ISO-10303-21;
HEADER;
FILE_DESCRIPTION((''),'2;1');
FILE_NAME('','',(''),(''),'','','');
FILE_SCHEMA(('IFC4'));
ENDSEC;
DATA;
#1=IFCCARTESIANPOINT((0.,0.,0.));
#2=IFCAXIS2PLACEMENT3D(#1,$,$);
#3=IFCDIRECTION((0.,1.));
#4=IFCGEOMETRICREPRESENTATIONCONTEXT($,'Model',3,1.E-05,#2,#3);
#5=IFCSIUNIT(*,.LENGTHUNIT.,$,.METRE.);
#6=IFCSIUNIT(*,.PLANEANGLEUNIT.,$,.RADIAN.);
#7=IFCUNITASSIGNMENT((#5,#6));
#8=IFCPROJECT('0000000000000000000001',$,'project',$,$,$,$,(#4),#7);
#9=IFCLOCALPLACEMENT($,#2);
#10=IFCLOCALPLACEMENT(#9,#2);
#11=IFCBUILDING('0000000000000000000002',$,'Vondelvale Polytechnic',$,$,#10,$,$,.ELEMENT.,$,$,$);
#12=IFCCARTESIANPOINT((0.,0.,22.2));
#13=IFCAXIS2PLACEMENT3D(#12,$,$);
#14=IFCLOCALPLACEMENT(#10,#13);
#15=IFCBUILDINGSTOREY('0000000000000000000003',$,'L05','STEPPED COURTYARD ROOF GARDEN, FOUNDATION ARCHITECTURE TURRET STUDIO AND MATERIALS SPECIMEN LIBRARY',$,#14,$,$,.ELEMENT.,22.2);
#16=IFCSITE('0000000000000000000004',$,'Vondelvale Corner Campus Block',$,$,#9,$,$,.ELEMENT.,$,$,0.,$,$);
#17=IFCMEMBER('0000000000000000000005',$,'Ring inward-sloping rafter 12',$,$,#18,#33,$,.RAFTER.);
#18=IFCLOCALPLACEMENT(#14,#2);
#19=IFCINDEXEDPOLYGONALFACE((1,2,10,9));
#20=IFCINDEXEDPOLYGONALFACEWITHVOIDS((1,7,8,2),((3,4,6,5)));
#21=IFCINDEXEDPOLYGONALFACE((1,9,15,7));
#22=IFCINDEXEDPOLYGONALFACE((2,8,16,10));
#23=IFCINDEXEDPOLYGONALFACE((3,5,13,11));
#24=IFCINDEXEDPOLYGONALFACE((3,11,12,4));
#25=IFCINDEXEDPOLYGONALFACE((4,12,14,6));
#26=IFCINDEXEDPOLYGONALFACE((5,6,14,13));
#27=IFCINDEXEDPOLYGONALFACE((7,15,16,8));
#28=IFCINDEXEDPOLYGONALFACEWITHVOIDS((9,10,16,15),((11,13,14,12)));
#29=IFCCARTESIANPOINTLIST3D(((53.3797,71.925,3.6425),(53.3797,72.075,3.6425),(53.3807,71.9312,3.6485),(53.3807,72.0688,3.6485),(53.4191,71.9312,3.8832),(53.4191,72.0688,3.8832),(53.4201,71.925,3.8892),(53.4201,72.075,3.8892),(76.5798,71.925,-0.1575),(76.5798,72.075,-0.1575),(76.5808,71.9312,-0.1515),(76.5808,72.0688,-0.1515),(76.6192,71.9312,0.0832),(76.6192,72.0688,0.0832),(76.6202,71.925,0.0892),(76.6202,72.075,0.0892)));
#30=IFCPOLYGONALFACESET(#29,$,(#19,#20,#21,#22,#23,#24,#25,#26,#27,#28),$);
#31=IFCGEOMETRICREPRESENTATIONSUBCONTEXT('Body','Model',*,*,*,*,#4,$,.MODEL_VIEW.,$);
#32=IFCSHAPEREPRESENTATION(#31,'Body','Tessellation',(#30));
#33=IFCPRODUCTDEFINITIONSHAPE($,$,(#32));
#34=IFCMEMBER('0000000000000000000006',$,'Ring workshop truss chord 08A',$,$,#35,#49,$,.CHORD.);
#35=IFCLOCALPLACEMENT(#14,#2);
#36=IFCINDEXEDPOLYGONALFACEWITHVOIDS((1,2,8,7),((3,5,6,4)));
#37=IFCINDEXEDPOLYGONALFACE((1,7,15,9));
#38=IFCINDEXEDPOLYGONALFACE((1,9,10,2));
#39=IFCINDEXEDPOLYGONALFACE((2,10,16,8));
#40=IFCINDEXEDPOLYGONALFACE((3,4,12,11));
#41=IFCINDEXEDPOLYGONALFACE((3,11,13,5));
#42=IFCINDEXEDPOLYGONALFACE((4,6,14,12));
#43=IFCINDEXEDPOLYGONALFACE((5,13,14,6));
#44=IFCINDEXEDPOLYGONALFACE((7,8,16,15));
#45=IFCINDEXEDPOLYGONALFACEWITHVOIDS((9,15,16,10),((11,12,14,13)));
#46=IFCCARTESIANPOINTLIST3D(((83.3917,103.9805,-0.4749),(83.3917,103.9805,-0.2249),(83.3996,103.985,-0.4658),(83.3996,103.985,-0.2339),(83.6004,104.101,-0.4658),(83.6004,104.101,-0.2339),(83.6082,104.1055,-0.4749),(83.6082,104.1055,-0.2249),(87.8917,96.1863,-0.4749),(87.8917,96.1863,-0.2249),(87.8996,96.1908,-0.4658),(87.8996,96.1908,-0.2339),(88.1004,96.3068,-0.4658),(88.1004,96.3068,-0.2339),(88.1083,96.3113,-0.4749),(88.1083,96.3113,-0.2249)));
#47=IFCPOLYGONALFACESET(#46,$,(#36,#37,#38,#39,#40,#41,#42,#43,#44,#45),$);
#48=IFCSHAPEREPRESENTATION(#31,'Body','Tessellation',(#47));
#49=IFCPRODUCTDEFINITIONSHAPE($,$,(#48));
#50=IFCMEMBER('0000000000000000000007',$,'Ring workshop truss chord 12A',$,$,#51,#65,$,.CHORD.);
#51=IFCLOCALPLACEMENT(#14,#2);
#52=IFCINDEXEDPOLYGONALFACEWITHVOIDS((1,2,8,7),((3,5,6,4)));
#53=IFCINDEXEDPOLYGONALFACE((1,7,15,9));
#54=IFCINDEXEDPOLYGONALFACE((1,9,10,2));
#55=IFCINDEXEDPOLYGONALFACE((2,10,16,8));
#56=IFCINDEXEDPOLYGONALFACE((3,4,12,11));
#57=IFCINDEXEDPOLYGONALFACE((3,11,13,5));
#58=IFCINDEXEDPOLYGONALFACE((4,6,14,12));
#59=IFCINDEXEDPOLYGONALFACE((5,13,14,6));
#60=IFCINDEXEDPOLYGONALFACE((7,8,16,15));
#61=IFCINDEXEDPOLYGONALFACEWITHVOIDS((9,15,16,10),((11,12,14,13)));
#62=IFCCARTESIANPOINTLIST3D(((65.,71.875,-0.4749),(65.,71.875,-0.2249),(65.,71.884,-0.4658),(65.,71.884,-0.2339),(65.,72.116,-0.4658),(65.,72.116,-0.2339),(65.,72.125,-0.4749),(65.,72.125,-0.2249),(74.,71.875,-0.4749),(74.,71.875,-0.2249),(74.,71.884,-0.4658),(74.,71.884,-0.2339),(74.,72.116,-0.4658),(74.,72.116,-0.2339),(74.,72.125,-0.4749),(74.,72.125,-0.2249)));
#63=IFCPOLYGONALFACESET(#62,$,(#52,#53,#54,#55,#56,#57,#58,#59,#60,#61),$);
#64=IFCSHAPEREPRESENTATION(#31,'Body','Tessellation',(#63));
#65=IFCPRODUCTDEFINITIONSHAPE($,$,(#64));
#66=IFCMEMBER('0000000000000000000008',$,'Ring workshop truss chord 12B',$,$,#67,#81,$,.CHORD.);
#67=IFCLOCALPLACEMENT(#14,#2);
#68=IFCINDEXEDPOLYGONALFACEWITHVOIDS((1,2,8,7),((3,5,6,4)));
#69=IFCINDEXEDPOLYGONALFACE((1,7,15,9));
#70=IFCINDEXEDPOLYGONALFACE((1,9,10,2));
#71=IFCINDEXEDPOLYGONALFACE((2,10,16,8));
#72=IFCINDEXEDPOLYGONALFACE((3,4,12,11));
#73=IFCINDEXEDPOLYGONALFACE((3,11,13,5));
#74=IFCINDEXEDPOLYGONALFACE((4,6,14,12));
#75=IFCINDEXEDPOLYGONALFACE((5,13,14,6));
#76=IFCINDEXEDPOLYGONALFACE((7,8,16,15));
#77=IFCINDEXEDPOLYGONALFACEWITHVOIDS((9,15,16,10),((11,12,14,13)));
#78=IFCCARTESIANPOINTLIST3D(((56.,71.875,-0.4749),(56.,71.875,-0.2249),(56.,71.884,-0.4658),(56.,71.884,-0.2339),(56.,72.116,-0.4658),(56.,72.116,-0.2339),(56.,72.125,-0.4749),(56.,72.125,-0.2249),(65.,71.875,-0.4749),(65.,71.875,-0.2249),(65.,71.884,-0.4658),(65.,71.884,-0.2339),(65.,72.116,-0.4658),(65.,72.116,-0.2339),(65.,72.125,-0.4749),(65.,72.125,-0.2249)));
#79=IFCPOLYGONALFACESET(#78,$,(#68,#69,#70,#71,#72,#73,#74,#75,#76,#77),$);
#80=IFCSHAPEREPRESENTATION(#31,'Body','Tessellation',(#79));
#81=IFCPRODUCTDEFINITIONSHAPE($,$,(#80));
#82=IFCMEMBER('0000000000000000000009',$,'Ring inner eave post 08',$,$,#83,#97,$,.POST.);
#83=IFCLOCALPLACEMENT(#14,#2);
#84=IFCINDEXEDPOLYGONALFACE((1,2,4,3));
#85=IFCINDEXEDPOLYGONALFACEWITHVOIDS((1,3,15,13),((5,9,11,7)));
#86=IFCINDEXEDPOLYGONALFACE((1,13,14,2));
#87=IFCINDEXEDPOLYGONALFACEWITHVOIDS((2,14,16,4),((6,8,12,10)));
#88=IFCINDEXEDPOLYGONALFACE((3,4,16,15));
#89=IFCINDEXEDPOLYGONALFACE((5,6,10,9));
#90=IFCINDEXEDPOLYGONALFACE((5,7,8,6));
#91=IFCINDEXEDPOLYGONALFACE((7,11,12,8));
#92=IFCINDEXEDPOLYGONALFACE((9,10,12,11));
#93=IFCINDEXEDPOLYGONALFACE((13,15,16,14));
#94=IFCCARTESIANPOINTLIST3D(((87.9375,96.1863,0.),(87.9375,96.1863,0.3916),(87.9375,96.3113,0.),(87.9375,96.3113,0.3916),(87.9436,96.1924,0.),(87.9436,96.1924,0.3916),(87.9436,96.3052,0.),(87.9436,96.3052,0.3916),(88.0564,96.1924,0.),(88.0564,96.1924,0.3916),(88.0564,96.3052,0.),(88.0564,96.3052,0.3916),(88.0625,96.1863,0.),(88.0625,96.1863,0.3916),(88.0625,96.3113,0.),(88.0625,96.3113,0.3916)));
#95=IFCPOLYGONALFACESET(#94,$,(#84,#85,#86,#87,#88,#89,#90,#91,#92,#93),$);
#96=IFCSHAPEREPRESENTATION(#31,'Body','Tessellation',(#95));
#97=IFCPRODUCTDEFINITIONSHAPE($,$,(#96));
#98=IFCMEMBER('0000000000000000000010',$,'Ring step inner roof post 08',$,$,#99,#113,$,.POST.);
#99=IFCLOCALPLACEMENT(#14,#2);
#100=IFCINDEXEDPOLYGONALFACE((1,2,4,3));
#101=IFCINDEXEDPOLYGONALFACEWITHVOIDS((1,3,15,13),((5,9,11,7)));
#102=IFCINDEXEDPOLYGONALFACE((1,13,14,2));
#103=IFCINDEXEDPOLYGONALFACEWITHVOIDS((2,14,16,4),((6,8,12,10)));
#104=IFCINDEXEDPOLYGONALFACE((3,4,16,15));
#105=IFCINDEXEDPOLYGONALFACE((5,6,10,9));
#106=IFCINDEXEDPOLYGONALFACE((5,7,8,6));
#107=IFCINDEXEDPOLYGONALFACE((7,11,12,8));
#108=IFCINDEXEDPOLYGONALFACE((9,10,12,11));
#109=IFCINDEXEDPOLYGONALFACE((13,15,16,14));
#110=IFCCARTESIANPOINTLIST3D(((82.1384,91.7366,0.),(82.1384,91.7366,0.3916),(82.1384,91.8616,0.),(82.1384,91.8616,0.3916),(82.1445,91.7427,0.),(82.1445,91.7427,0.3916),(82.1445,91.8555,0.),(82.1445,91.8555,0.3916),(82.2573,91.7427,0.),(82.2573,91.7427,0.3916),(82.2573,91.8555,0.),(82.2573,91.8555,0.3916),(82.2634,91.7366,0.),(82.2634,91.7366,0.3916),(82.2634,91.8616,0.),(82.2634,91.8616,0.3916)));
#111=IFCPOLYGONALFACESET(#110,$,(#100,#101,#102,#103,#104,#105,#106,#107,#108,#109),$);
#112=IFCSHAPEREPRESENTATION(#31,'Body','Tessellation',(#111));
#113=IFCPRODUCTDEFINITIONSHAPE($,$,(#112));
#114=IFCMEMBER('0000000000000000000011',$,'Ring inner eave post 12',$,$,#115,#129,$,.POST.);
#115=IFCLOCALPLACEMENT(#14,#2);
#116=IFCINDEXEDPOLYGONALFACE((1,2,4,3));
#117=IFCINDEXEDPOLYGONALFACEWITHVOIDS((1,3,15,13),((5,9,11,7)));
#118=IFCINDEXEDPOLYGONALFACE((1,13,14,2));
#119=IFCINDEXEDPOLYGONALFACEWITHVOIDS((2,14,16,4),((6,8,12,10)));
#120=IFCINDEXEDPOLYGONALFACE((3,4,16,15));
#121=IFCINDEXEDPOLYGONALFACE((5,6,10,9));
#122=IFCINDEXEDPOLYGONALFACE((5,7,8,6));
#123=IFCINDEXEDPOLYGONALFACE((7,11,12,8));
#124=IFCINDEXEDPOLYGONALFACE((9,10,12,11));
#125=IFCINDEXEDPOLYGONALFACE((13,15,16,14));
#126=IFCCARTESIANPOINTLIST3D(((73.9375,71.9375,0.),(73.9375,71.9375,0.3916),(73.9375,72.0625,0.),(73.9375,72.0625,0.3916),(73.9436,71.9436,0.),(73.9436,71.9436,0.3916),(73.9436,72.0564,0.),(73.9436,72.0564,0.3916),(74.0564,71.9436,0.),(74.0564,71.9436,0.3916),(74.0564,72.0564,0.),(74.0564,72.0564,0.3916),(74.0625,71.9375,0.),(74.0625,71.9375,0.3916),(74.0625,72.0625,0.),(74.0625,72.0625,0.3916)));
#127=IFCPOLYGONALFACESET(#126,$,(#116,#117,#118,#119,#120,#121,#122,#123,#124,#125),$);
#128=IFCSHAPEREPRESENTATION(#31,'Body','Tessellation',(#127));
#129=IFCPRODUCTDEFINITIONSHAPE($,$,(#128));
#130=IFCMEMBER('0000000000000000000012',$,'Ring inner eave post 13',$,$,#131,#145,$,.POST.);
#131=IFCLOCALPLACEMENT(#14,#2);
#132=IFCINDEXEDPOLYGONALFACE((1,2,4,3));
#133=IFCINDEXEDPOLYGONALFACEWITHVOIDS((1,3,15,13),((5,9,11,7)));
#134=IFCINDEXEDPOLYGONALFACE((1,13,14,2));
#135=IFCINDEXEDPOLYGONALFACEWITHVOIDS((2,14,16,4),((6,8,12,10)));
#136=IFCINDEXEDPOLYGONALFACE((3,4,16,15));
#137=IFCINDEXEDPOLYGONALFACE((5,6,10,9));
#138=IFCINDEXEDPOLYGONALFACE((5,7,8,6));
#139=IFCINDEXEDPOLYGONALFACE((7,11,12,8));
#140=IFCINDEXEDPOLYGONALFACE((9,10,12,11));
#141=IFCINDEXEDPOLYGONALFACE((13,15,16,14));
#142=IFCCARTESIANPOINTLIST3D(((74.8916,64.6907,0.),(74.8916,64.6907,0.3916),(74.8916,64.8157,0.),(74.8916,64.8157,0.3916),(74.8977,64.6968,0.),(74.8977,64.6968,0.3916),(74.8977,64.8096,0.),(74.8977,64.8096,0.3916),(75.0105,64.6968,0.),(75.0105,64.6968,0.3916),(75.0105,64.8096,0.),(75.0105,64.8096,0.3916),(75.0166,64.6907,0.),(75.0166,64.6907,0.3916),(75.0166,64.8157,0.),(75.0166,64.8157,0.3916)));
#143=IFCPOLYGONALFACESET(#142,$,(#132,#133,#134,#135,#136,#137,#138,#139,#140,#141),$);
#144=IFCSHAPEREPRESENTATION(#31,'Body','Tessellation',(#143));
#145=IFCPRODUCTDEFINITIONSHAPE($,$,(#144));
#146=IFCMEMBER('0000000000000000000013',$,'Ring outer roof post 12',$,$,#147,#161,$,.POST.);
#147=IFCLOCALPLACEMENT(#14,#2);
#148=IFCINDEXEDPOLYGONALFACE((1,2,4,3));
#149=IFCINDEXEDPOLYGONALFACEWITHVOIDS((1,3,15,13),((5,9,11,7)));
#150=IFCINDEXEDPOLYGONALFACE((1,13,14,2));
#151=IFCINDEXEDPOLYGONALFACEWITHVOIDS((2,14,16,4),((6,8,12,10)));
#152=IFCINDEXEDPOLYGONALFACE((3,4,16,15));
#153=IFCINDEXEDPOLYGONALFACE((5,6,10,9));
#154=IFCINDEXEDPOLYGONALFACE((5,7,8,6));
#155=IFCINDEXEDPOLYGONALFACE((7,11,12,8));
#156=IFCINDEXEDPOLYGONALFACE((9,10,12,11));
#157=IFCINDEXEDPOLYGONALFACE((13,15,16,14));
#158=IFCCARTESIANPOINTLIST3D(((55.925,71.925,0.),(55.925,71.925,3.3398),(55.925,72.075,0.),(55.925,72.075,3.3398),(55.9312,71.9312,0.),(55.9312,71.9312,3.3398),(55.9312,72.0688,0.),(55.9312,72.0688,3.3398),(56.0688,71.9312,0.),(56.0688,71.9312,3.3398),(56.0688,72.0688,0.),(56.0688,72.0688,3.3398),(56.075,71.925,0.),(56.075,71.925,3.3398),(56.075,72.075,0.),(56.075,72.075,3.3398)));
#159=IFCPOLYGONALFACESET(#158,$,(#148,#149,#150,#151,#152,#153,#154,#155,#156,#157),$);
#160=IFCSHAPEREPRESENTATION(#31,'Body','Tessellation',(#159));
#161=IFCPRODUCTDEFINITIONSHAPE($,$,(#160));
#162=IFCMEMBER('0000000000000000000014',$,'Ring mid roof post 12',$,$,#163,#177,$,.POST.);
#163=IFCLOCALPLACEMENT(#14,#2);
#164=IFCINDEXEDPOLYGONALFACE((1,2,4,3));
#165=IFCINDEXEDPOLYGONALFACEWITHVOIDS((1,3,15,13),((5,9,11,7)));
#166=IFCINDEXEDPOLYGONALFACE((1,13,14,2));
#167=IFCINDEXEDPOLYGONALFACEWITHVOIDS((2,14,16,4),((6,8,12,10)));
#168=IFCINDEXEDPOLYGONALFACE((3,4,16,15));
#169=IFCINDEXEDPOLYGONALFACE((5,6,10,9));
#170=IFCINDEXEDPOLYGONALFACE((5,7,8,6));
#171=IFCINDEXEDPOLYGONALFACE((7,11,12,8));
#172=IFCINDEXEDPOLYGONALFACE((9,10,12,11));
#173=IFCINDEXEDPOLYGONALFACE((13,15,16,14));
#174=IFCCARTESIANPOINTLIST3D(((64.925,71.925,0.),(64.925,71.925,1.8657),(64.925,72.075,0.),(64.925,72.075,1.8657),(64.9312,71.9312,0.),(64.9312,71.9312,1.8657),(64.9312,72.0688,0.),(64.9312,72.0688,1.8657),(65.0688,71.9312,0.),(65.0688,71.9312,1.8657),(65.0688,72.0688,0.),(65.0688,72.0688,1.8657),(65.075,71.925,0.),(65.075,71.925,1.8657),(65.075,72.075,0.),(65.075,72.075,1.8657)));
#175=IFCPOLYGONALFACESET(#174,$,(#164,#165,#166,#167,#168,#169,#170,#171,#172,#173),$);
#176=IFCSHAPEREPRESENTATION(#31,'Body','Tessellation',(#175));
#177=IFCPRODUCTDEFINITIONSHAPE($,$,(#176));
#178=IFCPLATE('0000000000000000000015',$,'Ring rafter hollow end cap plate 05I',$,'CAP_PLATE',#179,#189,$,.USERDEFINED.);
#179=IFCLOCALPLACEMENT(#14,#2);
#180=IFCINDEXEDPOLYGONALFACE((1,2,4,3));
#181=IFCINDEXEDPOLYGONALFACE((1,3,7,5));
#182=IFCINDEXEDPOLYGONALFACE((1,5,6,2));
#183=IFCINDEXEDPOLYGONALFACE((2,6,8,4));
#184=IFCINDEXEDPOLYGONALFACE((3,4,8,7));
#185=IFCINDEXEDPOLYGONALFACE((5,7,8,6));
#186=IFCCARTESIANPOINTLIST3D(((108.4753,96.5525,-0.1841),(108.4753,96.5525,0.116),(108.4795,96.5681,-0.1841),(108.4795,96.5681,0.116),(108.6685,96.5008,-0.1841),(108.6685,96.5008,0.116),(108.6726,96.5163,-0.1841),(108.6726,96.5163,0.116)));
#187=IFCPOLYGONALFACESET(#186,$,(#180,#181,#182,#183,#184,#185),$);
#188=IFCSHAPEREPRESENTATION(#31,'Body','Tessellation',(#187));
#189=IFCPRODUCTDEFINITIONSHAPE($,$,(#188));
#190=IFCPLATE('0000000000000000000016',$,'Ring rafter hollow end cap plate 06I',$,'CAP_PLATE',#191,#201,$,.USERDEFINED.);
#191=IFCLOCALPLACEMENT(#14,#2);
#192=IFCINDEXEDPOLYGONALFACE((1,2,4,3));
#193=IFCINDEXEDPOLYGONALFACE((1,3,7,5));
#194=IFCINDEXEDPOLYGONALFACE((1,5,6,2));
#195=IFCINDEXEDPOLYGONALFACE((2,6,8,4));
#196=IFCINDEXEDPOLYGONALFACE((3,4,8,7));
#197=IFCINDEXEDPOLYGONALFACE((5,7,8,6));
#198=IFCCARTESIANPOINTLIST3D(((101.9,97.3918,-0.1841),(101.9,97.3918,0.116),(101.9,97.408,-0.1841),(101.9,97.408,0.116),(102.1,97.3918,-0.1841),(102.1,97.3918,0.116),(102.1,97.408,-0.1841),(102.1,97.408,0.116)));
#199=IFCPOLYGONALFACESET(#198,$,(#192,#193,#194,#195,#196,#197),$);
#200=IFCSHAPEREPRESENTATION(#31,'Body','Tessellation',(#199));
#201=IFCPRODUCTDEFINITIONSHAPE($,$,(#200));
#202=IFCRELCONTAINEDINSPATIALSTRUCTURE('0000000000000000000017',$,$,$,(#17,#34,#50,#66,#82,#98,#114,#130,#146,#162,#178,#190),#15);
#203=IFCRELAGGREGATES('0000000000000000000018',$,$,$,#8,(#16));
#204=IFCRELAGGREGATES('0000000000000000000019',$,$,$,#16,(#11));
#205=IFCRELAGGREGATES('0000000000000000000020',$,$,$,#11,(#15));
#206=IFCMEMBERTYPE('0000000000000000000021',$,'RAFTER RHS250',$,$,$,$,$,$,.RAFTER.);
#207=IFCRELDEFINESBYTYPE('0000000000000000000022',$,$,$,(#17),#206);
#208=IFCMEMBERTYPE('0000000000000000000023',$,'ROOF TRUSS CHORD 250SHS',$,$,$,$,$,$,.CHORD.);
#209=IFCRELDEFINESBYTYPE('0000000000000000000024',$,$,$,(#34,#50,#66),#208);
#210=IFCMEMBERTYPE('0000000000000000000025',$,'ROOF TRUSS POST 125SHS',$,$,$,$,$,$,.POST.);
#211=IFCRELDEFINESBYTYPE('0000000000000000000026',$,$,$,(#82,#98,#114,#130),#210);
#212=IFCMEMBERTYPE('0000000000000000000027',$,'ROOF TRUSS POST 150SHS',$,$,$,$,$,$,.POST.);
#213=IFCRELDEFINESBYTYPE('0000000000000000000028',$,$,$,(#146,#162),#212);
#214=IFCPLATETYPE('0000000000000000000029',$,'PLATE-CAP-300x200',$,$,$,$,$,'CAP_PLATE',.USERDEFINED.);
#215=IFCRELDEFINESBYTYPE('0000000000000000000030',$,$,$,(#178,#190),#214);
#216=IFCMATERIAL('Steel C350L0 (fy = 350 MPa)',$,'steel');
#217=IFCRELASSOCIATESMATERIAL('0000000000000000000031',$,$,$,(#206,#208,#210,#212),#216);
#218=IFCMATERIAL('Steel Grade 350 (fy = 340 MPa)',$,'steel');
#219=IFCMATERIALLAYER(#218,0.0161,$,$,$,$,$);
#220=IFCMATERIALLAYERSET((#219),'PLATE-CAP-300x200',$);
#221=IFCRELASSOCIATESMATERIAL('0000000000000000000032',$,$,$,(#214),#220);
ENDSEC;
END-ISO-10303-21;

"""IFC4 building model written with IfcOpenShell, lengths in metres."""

from ifc_helpers import new_model, si_unit, direction, frame, origin, origin_2d, place, context, subcontext, project, spatial, rectangle, hollow_rectangle, extrude, material, layer, layer_set, material_profile, profile_set, type_object, element, save


model = new_model("IFC4")

# Units and contexts
model_context = context("Model", 3, precision=1e-05, world=origin(), true_north=direction((0.0, 1.0)))
body_context = subcontext(model_context, "Body", "Model", "MODEL_VIEW")
ifc_project = project(units=[si_unit("LENGTHUNIT", "METRE"), si_unit("PLANEANGLEUNIT", "RADIAN")], contexts=[model_context])

# Site, building, storey
site_placement = place(None, origin())
site = spatial("IfcSite", under=ifc_project, at=site_placement, Name="Vondelvale Corner Campus Block", CompositionType="ELEMENT", RefElevation=0.0)
building_placement = place(site_placement, origin())
building = spatial("IfcBuilding", under=site, at=building_placement, Name="Vondelvale Polytechnic", CompositionType="ELEMENT")
storey_placement = place(building_placement, frame((0.0, 0.0, 22.2)))
storey = spatial("IfcBuildingStorey", under=building, at=storey_placement, Name="L05", Description="STEPPED COURTYARD ROOF GARDEN, FOUNDATION ARCHITECTURE TURRET STUDIO AND MATERIALS SPECIMEN LIBRARY", CompositionType="ELEMENT", Elevation=22.2)

# Members
ifc_material_1 = material(Name="Steel C350L0 (fy = 350 MPa)", Category="steel")
ifc_material_profile_1 = material_profile(ifc_material_1, hollow_rectangle(XDim=0.1499, YDim=0.25, WallThickness=0.0061, at=origin_2d()), Name="250x150x6.0RHS")
ifc_profile_set_1 = profile_set([ifc_material_profile_1], Name="Steel C350L0 (fy = 350 MPa)")
member_type_1 = type_object("IfcMemberType", Name="RAFTER RHS250", PredefinedType="RAFTER", material=ifc_profile_set_1)
member_1_placement = place(storey_placement, frame((53.3999, 72.0, 3.7659), z_axis=(0.98685, 0.0, -0.16164), x_axis=(0.0, 1.0, 0.0)))
element("IfcMember", 1, at=member_1_placement, inside=storey, type_object=member_type_1, Name="Ring inward-sloping rafter 12", PredefinedType="RAFTER", context=body_context, shape_type="SweptSolid", body=[
    extrude(hollow_rectangle(XDim=0.1499, YDim=0.25, WallThickness=0.0061, at=origin_2d()), origin(), (0.0, 0.0, 1.0), 23.5093),
])
ifc_material_profile_2 = material_profile(ifc_material_1, hollow_rectangle(XDim=0.25, YDim=0.25, WallThickness=0.009, at=origin_2d()), Name="250x250x9.0SHS")
ifc_profile_set_2 = profile_set([ifc_material_profile_2], Name="Steel C350L0 (fy = 350 MPa)")
member_type_2 = type_object("IfcMemberType", Name="ROOF TRUSS CHORD 250SHS", PredefinedType="CHORD", material=ifc_profile_set_2)
for number, where, z_axis, x_axis, name in (
    (2, (88.0, 96.2488, -0.3499), (-0.500002, 0.866024, 0.0), (-0.866024, -0.500002, 0.0), "Ring workshop truss chord 08A"),
    (3, (74.0, 72.0, -0.3499), (-1.0, 0.0, 0.0), (0.0, -1.0, 0.0), "Ring workshop truss chord 12A"),
    (4, (65.0, 72.0, -0.3499), (-1.0, 0.0, 0.0), (0.0, -1.0, 0.0), "Ring workshop truss chord 12B"),
):
    element("IfcMember", number, at=place(storey_placement, frame(where, z_axis=z_axis, x_axis=x_axis)), inside=storey, type_object=member_type_2, Name=name, PredefinedType="CHORD", context=body_context, shape_type="SweptSolid", body=[
        extrude(hollow_rectangle(XDim=0.25, YDim=0.25, WallThickness=0.009, at=origin_2d()), origin(), (0.0, 0.0, 1.0), 9.0),
    ])
ifc_material_profile_3 = material_profile(ifc_material_1, hollow_rectangle(XDim=0.125, YDim=0.125, WallThickness=0.0061, at=origin_2d()), Name="125x125x6.0SHS")
ifc_profile_set_3 = profile_set([ifc_material_profile_3], Name="Steel C350L0 (fy = 350 MPa)")
member_type_3 = type_object("IfcMemberType", Name="ROOF TRUSS POST 125SHS", PredefinedType="POST", material=ifc_profile_set_3)
for number, where, z_axis, x_axis, name in (
    (5, (88.0, 96.2488, 0.0), (0.0, 0.0, 1.0), (1.0, 0.0, 0.0), "Ring inner eave post 08"),
    (6, (82.2009, 91.7991, 0.0), (0.0, 0.0, 1.0), (1.0, 0.0, 0.0), "Ring step inner roof post 08"),
    (7, (74.0, 72.0, 0.0), (0.0, 0.0, 1.0), (1.0, 0.0, 0.0), "Ring inner eave post 12"),
    (8, (74.9541, 64.7532, 0.0), (0.0, 0.0, 1.0), (1.0, 0.0, 0.0), "Ring inner eave post 13"),
):
    element("IfcMember", number, at=place(storey_placement, frame(where, z_axis=z_axis, x_axis=x_axis)), inside=storey, type_object=member_type_3, Name=name, PredefinedType="POST", context=body_context, shape_type="SweptSolid", body=[
        extrude(hollow_rectangle(XDim=0.125, YDim=0.125, WallThickness=0.0061, at=origin_2d()), origin(), (0.0, 0.0, 1.0), 0.3916),
    ])
ifc_material_profile_4 = material_profile(ifc_material_1, hollow_rectangle(XDim=0.1499, YDim=0.1499, WallThickness=0.0061, at=origin_2d()), Name="150x150x6.0SHS")
ifc_profile_set_4 = profile_set([ifc_material_profile_4], Name="Steel C350L0 (fy = 350 MPa)")
member_type_4 = type_object("IfcMemberType", Name="ROOF TRUSS POST 150SHS", PredefinedType="POST", material=ifc_profile_set_4)
member_2_placement = place(storey_placement, frame((56.0, 72.0, 0.0), z_axis=(0.0, 0.0, 1.0), x_axis=(1.0, 0.0, 0.0)))
element("IfcMember", 9, at=member_2_placement, inside=storey, type_object=member_type_4, Name="Ring outer roof post 12", PredefinedType="POST", context=body_context, shape_type="SweptSolid", body=[
    extrude(hollow_rectangle(XDim=0.1499, YDim=0.1499, WallThickness=0.0061, at=origin_2d()), origin(), (0.0, 0.0, 1.0), 3.3398),
])
member_3_placement = place(storey_placement, frame((65.0, 72.0, 0.0), z_axis=(0.0, 0.0, 1.0), x_axis=(1.0, 0.0, 0.0)))
element("IfcMember", 10, at=member_3_placement, inside=storey, type_object=member_type_4, Name="Ring mid roof post 12", PredefinedType="POST", context=body_context, shape_type="SweptSolid", body=[
    extrude(hollow_rectangle(XDim=0.1499, YDim=0.1499, WallThickness=0.0061, at=origin_2d()), origin(), (0.0, 0.0, 1.0), 1.8657),
])

# Plates
ifc_material_2 = material(Name="Steel Grade 350 (fy = 340 MPa)", Category="steel")
ifc_layer_1 = layer(ifc_material_2, 0.0161)
ifc_layer_set_1 = layer_set([ifc_layer_1], Name="PLATE-CAP-300x200")
plate_type_1 = type_object("IfcPlateType", Name="PLATE-CAP-300x200", ElementType="CAP_PLATE", PredefinedType="USERDEFINED", material=ifc_layer_set_1)
for number, where, z_axis, x_axis, name in (
    (11, (108.574, 96.5344, -0.1841), (0.0, 0.0, 1.0), (-0.258819, -0.965926, 0.0), "Ring rafter hollow end cap plate 05I"),
    (12, (102.0, 97.3999, -0.1841), (0.0, 0.0, 1.0), (0.0, -1.0, 0.0), "Ring rafter hollow end cap plate 06I"),
):
    element("IfcPlate", number, at=place(storey_placement, frame(where, z_axis=z_axis, x_axis=x_axis)), inside=storey, type_object=plate_type_1, Name=name, ObjectType="CAP_PLATE", PredefinedType="USERDEFINED", context=body_context, shape_type="SweptSolid", body=[
        extrude(rectangle(XDim=0.0161, YDim=0.2, at=origin_2d()), origin(), (0.0, 0.0, 1.0), 0.3),
    ])

save(model, "model.ifc")
